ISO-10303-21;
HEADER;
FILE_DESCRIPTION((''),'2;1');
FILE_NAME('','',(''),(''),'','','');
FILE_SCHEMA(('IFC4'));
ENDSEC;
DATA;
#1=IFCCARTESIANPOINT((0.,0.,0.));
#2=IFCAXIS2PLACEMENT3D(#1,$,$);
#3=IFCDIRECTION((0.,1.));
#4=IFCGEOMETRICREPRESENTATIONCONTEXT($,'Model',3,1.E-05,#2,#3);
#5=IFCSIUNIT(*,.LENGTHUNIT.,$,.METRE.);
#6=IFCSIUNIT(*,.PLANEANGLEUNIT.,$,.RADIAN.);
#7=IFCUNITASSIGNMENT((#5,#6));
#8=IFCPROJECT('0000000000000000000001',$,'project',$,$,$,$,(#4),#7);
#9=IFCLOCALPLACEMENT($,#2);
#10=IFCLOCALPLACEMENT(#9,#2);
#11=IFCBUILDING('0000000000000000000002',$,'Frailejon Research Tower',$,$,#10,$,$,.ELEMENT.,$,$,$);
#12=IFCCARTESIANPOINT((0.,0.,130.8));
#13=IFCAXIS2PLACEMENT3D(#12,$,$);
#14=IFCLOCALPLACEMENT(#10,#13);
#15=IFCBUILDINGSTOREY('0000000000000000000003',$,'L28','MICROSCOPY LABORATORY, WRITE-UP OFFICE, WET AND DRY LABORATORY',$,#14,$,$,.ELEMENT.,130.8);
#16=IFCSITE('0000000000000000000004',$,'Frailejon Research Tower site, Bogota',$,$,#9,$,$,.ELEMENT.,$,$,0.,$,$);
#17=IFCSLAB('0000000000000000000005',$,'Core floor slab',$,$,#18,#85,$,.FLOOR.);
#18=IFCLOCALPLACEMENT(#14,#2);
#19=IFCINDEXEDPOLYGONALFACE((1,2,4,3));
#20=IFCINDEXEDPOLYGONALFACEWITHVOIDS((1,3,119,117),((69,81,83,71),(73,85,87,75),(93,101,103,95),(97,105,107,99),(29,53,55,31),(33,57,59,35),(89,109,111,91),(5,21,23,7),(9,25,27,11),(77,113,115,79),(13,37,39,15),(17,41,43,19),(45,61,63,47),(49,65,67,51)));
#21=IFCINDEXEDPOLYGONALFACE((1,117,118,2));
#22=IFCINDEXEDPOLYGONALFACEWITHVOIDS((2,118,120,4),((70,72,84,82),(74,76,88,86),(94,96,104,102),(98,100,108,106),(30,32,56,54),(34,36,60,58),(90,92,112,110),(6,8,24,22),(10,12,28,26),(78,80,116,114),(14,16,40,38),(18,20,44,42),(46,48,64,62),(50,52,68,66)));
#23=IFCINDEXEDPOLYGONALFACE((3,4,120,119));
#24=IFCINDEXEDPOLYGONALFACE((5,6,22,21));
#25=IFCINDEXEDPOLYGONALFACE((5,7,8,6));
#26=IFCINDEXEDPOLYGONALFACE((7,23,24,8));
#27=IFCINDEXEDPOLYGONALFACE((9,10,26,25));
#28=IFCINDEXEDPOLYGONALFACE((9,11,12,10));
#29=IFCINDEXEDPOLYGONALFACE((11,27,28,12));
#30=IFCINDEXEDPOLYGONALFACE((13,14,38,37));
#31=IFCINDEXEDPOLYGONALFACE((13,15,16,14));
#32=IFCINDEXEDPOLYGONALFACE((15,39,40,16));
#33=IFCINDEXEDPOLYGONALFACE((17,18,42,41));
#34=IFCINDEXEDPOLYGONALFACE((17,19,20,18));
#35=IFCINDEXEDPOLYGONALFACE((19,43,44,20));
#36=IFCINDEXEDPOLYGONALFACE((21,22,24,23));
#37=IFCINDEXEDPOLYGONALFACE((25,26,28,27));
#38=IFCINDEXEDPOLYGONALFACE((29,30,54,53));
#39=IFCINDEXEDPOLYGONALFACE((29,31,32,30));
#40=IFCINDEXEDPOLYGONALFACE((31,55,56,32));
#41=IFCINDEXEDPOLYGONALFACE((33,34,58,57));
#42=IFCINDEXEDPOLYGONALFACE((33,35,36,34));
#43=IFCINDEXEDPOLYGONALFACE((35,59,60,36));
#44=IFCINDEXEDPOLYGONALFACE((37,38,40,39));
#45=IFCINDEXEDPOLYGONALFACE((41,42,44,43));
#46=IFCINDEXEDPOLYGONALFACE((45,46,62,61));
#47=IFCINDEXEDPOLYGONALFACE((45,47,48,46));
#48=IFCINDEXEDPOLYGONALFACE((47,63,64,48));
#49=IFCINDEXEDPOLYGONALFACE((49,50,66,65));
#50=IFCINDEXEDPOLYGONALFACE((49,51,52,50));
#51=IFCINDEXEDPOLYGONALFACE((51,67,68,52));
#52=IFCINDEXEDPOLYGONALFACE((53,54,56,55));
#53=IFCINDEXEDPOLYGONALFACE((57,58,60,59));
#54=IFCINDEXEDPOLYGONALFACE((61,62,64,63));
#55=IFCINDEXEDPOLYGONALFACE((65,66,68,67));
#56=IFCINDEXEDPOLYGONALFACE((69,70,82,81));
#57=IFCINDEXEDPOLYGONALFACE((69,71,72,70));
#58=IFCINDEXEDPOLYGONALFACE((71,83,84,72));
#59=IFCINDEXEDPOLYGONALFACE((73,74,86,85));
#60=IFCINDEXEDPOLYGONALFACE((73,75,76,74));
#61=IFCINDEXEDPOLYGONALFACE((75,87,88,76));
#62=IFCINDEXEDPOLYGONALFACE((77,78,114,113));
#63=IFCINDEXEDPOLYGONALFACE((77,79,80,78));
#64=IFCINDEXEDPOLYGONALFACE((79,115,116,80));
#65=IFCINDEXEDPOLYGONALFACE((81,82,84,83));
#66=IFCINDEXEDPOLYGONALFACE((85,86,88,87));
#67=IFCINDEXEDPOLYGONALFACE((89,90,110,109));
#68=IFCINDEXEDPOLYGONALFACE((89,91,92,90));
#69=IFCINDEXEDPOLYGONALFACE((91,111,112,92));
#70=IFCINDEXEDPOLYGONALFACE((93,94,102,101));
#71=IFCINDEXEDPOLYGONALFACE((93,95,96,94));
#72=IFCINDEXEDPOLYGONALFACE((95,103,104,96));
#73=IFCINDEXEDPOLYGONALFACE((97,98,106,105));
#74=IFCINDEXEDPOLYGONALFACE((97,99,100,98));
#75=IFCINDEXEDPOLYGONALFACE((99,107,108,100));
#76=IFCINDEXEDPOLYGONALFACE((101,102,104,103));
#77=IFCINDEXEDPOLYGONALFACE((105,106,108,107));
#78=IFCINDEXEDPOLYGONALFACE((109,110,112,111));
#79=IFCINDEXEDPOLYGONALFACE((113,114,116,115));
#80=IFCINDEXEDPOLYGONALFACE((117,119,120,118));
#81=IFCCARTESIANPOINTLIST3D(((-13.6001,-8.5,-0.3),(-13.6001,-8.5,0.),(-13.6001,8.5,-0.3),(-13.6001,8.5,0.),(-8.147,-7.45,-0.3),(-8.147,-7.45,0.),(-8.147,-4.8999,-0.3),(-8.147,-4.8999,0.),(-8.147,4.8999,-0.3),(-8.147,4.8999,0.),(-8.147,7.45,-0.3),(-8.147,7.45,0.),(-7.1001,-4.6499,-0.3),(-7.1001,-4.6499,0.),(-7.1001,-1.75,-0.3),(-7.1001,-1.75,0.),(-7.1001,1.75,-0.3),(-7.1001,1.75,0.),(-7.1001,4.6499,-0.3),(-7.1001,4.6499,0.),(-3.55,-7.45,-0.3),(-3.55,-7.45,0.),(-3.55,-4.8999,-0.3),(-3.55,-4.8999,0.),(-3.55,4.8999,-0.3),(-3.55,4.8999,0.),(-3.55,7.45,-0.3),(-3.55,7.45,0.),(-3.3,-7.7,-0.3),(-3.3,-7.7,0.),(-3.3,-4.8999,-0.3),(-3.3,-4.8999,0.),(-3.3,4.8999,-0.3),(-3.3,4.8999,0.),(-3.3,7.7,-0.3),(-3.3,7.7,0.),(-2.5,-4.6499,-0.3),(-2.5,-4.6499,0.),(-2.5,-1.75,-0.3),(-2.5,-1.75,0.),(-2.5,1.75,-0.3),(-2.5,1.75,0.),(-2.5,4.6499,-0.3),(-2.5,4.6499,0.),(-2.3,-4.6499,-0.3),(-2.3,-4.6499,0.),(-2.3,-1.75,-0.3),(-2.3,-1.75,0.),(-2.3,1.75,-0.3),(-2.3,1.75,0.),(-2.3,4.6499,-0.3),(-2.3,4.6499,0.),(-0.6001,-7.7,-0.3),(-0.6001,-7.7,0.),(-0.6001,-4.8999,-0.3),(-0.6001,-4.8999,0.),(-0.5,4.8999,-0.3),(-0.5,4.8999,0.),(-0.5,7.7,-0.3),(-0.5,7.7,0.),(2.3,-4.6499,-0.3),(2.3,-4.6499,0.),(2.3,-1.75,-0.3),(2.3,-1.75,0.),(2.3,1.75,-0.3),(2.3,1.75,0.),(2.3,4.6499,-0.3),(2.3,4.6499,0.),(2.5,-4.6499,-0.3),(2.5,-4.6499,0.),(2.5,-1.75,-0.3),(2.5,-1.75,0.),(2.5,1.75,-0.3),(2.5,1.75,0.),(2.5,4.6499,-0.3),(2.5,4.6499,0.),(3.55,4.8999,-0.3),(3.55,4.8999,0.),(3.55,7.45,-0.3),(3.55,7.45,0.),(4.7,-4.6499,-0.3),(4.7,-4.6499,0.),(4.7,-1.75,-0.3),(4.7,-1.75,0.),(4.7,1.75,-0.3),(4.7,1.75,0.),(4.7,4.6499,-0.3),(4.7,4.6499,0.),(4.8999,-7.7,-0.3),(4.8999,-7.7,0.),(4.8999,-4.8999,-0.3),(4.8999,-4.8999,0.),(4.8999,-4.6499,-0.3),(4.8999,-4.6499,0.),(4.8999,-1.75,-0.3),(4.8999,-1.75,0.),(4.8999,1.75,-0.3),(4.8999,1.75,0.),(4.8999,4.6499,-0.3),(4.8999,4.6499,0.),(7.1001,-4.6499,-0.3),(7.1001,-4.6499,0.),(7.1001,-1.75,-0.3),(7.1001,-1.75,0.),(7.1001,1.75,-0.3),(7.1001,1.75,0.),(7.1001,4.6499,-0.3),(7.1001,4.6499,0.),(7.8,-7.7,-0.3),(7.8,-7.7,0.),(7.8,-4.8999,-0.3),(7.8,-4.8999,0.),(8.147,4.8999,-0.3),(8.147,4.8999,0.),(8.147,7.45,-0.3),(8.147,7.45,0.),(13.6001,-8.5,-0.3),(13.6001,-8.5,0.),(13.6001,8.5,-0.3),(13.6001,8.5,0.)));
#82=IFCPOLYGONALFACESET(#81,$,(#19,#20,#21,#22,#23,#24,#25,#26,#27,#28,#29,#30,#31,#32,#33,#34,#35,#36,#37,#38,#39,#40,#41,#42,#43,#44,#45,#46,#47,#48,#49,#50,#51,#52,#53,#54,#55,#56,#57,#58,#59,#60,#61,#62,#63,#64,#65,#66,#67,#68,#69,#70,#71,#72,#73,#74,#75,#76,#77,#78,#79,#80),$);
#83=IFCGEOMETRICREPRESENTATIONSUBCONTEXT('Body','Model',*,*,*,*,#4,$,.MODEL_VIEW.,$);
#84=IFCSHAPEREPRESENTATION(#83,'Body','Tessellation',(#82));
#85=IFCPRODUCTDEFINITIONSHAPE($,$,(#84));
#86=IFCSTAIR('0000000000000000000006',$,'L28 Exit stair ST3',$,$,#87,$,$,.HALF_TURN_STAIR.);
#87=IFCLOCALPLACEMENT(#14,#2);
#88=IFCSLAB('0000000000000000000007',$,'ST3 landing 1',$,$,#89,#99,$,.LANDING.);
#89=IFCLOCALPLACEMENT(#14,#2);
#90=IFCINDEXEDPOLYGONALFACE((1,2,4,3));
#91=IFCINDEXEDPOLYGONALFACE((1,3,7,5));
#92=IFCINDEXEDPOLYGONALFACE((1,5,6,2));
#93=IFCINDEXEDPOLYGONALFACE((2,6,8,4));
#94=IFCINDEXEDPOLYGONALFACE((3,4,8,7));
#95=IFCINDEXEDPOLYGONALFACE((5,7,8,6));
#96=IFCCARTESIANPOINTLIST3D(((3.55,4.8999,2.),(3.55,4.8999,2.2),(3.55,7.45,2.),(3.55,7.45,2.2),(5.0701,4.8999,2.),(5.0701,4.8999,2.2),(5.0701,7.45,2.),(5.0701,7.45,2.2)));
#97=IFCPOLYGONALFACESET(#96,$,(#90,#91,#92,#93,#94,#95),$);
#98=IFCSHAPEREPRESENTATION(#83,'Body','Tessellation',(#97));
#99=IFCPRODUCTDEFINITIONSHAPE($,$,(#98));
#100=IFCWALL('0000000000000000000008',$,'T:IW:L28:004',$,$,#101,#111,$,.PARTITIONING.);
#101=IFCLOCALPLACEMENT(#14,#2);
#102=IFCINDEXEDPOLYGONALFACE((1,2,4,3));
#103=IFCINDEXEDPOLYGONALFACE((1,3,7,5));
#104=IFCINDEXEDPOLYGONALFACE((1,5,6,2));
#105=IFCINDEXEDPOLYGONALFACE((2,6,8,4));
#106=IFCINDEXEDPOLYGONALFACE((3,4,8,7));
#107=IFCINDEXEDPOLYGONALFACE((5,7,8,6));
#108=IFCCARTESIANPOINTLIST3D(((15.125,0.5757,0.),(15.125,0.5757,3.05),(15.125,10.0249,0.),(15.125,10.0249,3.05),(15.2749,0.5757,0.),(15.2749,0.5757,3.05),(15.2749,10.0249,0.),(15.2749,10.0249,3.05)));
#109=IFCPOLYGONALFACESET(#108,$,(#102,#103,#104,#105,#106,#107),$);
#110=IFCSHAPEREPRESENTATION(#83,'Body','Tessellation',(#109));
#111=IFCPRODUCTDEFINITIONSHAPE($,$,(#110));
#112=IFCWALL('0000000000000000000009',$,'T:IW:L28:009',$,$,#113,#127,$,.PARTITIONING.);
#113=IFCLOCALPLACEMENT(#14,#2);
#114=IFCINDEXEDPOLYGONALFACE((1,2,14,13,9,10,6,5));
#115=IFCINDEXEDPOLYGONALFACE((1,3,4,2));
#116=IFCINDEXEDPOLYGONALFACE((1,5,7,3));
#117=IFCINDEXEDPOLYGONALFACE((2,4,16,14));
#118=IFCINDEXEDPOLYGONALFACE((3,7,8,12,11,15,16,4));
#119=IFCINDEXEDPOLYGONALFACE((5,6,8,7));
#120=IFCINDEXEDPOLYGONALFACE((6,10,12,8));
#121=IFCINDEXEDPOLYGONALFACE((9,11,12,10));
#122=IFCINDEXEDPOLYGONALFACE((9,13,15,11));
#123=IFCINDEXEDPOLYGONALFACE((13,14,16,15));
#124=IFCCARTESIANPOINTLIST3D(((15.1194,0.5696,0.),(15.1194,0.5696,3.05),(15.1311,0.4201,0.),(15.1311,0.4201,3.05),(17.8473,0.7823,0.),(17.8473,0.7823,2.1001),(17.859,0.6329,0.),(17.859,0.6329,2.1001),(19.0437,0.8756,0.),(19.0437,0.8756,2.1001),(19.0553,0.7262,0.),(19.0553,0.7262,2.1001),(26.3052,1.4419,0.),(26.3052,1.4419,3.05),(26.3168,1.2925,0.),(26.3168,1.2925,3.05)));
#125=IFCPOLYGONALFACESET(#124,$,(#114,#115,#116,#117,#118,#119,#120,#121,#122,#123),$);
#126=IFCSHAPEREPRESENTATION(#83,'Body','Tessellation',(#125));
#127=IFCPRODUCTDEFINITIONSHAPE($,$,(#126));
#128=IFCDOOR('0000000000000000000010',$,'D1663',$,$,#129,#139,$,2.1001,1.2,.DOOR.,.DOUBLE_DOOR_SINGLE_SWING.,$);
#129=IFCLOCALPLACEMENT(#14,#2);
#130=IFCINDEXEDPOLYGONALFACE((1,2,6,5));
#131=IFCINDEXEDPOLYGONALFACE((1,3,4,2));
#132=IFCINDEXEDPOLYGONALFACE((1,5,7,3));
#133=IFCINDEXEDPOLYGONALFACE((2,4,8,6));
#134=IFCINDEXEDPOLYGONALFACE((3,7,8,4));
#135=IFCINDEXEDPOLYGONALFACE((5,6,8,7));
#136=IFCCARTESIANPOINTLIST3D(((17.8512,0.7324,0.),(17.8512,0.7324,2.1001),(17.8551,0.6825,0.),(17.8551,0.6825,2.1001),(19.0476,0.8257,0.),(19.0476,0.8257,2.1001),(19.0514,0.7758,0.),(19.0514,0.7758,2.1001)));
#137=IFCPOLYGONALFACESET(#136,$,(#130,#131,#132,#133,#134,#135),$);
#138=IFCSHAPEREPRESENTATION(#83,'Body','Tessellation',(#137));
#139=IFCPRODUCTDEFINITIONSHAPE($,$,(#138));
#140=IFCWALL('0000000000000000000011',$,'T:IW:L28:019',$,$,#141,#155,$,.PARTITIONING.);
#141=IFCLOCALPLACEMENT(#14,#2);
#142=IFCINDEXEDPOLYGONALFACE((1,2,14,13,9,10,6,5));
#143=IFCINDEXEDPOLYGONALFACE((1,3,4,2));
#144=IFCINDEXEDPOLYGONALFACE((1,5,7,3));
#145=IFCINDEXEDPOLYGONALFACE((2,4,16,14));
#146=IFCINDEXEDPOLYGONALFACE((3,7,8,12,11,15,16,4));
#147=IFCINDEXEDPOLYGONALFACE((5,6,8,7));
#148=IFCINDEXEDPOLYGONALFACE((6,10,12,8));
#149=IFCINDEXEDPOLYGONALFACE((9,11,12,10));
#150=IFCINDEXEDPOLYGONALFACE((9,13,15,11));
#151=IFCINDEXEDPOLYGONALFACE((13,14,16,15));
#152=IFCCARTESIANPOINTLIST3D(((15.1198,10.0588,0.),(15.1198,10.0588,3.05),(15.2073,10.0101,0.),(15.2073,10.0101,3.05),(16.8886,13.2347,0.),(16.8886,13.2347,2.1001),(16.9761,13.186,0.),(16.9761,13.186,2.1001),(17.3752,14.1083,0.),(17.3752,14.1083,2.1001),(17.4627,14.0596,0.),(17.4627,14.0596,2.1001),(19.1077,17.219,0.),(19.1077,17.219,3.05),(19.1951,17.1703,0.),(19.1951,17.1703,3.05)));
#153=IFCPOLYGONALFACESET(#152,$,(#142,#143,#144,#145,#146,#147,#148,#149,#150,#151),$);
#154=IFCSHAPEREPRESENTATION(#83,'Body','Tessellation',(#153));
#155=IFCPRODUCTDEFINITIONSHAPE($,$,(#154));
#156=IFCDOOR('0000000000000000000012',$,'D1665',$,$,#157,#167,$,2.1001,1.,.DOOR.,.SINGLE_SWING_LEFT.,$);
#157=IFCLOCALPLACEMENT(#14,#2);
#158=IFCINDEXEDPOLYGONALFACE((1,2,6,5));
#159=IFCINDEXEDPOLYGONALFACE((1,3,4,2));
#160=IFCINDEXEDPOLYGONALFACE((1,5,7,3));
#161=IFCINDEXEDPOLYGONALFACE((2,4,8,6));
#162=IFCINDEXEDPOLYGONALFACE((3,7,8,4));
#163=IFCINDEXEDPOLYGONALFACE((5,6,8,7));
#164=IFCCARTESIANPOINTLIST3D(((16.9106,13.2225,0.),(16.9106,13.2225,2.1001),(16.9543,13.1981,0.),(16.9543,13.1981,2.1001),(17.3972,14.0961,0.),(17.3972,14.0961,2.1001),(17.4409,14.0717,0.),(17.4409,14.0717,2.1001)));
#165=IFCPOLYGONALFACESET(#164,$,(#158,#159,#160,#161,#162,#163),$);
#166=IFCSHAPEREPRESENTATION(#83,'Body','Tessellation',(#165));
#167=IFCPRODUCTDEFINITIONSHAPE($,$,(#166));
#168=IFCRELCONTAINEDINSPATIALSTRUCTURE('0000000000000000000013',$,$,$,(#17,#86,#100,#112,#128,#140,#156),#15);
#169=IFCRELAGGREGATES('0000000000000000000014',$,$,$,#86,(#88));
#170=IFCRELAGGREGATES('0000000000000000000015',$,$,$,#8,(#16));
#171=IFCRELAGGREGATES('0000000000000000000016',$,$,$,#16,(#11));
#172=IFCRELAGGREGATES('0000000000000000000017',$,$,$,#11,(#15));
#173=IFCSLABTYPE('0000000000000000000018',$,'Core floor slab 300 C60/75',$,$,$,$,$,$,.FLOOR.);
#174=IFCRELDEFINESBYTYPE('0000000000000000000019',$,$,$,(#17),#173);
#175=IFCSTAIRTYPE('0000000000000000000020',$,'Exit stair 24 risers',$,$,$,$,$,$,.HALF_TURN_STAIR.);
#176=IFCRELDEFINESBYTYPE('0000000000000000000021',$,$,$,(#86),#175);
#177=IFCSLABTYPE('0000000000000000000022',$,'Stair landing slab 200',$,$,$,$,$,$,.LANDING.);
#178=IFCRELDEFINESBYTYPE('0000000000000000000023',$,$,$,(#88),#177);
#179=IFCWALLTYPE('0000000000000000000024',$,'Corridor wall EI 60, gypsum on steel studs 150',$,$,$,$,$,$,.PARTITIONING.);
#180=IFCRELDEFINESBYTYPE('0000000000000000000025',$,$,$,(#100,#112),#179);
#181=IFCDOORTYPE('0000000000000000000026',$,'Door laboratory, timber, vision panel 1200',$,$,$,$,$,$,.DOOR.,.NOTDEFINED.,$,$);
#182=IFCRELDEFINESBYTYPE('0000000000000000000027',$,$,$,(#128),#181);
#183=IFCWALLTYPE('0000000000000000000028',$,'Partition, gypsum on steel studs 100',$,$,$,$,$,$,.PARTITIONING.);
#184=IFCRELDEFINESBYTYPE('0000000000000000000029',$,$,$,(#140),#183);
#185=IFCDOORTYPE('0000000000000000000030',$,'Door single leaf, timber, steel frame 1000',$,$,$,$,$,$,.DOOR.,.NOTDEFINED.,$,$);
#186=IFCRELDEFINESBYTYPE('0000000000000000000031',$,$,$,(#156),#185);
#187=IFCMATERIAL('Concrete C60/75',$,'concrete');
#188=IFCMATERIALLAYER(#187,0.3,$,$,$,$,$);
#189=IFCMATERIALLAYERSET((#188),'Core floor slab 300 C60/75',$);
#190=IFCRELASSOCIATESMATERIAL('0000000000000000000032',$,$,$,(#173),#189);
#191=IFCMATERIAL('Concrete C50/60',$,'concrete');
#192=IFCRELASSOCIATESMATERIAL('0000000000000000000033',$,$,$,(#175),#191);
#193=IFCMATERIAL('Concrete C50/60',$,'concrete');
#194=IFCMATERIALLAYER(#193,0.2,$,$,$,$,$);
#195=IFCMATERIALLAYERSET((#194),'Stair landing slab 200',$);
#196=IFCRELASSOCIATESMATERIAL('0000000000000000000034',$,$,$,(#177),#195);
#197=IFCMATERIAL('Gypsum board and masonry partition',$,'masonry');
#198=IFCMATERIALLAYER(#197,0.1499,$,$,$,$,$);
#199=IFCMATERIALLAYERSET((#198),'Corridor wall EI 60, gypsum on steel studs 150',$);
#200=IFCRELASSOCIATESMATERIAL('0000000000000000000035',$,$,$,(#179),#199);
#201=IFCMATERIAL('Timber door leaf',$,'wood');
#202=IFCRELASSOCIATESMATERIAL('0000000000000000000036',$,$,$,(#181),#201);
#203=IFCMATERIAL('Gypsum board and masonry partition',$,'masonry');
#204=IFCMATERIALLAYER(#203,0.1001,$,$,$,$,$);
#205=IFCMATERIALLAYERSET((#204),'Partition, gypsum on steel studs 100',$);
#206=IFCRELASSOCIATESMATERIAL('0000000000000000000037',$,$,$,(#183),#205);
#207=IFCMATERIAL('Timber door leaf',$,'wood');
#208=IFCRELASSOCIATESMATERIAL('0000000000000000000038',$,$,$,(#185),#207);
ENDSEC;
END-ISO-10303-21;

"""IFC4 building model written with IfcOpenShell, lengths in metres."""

from ifc_helpers import new_model, si_unit, direction, frame, frame_2d, origin, place, context, subcontext, project, spatial, polyline, rectangle, outline, extrude, material, layer, layer_set, type_object, element, fill, aggregate, save


model = new_model("IFC4")

# Units and contexts
model_context = context("Model", 3, precision=1e-05, world=origin(), true_north=direction((0.0, 1.0)))
body_context = subcontext(model_context, "Body", "Model", "MODEL_VIEW")
ifc_project = project(units=[si_unit("LENGTHUNIT", "METRE"), si_unit("PLANEANGLEUNIT", "RADIAN")], contexts=[model_context])

# Site, building, storey
site_placement = place(None, origin())
site = spatial("IfcSite", under=ifc_project, at=site_placement, Name="Frailejon Research Tower site, Bogota", CompositionType="ELEMENT", RefElevation=0.0)
building_placement = place(site_placement, origin())
building = spatial("IfcBuilding", under=site, at=building_placement, Name="Frailejon Research Tower", CompositionType="ELEMENT")
storey_placement = place(building_placement, frame((0.0, 0.0, 130.8)))
storey = spatial("IfcBuildingStorey", under=building, at=storey_placement, Name="L28", Description="MICROSCOPY LABORATORY, WRITE-UP OFFICE, WET AND DRY LABORATORY", CompositionType="ELEMENT", Elevation=130.8)

# Slab
ifc_material_1 = material(Name="Concrete C60/75", Category="concrete")
ifc_layer_1 = layer(ifc_material_1, 0.3)
ifc_layer_set_1 = layer_set([ifc_layer_1], Name="Core floor slab 300 C60/75")
slab_type_1 = type_object("IfcSlabType", Name="Core floor slab 300 C60/75", PredefinedType="FLOOR", material=ifc_layer_set_1)
slab_1_placement = place(storey_placement, frame((0.0, 0.0, -0.3)))
element("IfcSlab", 1, at=slab_1_placement, inside=storey, type_object=slab_type_1, Name="Core floor slab", PredefinedType="FLOOR", context=body_context, shape_type="SweptSolid", body=[
    extrude(outline(polyline([(13.6001, -8.5), (13.6001, 8.5), (-13.6001, 8.5), (-13.6001, -8.5), (13.6001, -8.5)]), holes=[polyline([(-2.5, 1.75), (-2.5, 4.6499), (-7.1001, 4.6499), (-7.1001, 1.75), (-2.5, 1.75)]), polyline([(2.3, 1.75), (2.3, 4.6499), (-2.3, 4.6499), (-2.3, 1.75), (2.3, 1.75)]), polyline([(4.7, 1.75), (4.7, 4.6499), (2.5, 4.6499), (2.5, 1.75), (4.7, 1.75)]), polyline([(7.1001, 1.75), (7.1001, 4.6499), (4.8999, 4.6499), (4.8999, 1.75), (7.1001, 1.75)]), polyline([(-2.5, -4.6499), (-2.5, -1.75), (-7.1001, -1.75), (-7.1001, -4.6499), (-2.5, -4.6499)]), polyline([(2.3, -4.6499), (2.3, -1.75), (-2.3, -1.75), (-2.3, -4.6499), (2.3, -4.6499)]), polyline([(4.7, -4.6499), (4.7, -1.75), (2.5, -1.75), (2.5, -4.6499), (4.7, -4.6499)]), polyline([(7.1001, -4.6499), (7.1001, -1.75), (4.8999, -1.75), (4.8999, -4.6499), (7.1001, -4.6499)]), polyline([(-8.147, 4.8999), (-3.55, 4.8999), (-3.55, 7.45), (-8.147, 7.45), (-8.147, 4.8999)]), polyline([(-8.147, -7.45), (-3.55, -7.45), (-3.55, -4.8999), (-8.147, -4.8999), (-8.147, -7.45)]), polyline([(8.147, 7.45), (3.55, 7.45), (3.55, 4.8999), (8.147, 4.8999), (8.147, 7.45)]), polyline([(-0.6001, -7.7), (-0.6001, -4.8999), (-3.3, -4.8999), (-3.3, -7.7), (-0.6001, -7.7)]), polyline([(7.8, -7.7), (7.8, -4.8999), (4.8999, -4.8999), (4.8999, -7.7), (7.8, -7.7)]), polyline([(-0.5, 4.8999), (-0.5, 7.7), (-3.3, 7.7), (-3.3, 4.8999), (-0.5, 4.8999)])]), origin(), (0.0, 0.0, 1.0), 0.3),
])

# Stair, slab
ifc_material_2 = material(Name="Concrete C50/60", Category="concrete")
stair_type = type_object("IfcStairType", Name="Exit stair 24 risers", PredefinedType="HALF_TURN_STAIR", material=ifc_material_2)
stair_placement = place(storey_placement, origin())
stair = element("IfcStair", 2, at=stair_placement, inside=storey, type_object=stair_type, Name="L28 Exit stair ST3", PredefinedType="HALF_TURN_STAIR")
ifc_material_3 = material(Name="Concrete C50/60", Category="concrete")
ifc_layer_2 = layer(ifc_material_3, 0.2)
ifc_layer_set_2 = layer_set([ifc_layer_2], Name="Stair landing slab 200")
slab_type_2 = type_object("IfcSlabType", Name="Stair landing slab 200", PredefinedType="LANDING", material=ifc_layer_set_2)
slab_2_placement = place(storey_placement, frame((0.0, 0.0, 2.0)))
slab_2 = element("IfcSlab", 3, at=slab_2_placement, type_object=slab_type_2, Name="ST3 landing 1", PredefinedType="LANDING", context=body_context, shape_type="SweptSolid", body=[
    extrude(outline(polyline([(5.0701, 7.45), (3.55, 7.45), (3.55, 4.8999), (5.0701, 4.8999), (5.0701, 7.45)])), origin(), (0.0, 0.0, 1.0), 0.2),
])

# Wall
ifc_material_4 = material(Name="Gypsum board and masonry partition", Category="masonry")
ifc_layer_3 = layer(ifc_material_4, 0.1499)
ifc_layer_set_3 = layer_set([ifc_layer_3], Name="Corridor wall EI 60, gypsum on steel studs 150")
wall_type_1 = type_object("IfcWallType", Name="Corridor wall EI 60, gypsum on steel studs 150", PredefinedType="PARTITIONING", material=ifc_layer_set_3)
wall_1_placement = place(storey_placement, frame((15.2, 0.5757, 0.0), z_axis=(0.0, 0.0, 1.0), x_axis=(0.0, 1.0, 0.0)))
element("IfcWall", 4, at=wall_1_placement, inside=storey, type_object=wall_type_1, Name="T:IW:L28:004", PredefinedType="PARTITIONING", context=body_context, shape_type="SweptSolid", body=[
    extrude(rectangle(XDim=9.4492, YDim=0.1499, at=frame_2d((4.7246, 0.0))), origin(), (0.0, 0.0, 1.0), 3.05),
])

# Walls, openings, doors
wall_2_placement = place(storey_placement, frame((15.1252, 0.4949, 0.0), z_axis=(0.0, 0.0, 1.0), x_axis=(0.996973, 0.077748, 0.0)))
wall_2 = element("IfcWall", 5, at=wall_2_placement, inside=storey, type_object=wall_type_1, Name="T:IW:L28:009", PredefinedType="PARTITIONING", context=body_context, shape_type="SweptSolid", body=[
    extrude(rectangle(XDim=11.2197, YDim=0.1499, at=frame_2d((5.6099, 0.0))), origin(), (0.0, 0.0, 1.0), 3.05),
])
opening_1_placement = place(wall_2_placement, frame((2.7361, 0.0, 0.0)))
opening_1 = element("IfcOpeningElement", 6, at=opening_1_placement, cuts=wall_2, PredefinedType="OPENING", context=body_context, shape_type="SweptSolid", body=[
    extrude(rectangle(XDim=1.2, YDim=2.1001, at=frame_2d((0.6001, 1.05))), frame((0.0, 0.085, 0.0), z_axis=(0.0, -1.0, 0.0), x_axis=(1.0, 0.0, 0.0)), (0.0, 0.0, 1.0), 0.1699),
])
ifc_material_5 = material(Name="Timber door leaf", Category="wood")
door_type_1 = type_object("IfcDoorType", Name="Door laboratory, timber, vision panel 1200", OperationType="NOTDEFINED", PredefinedType="DOOR", material=ifc_material_5)
door_1_placement = place(opening_1_placement, origin())
door_1 = element("IfcDoor", 7, at=door_1_placement, inside=storey, type_object=door_type_1, Name="D1663", OperationType="DOUBLE_DOOR_SINGLE_SWING", OverallHeight=2.1001, OverallWidth=1.2, PredefinedType="DOOR", context=body_context, shape_type="SweptSolid", body=[
    extrude(rectangle(XDim=1.2, YDim=2.1001, at=frame_2d((0.6001, 1.05))), frame((0.0, 0.0249, 0.0), z_axis=(0.0, -1.0, 0.0), x_axis=(1.0, 0.0, 0.0)), (0.0, 0.0, 1.0), 0.05),
])
fill(opening_1, door_1)
ifc_material_6 = material(Name="Gypsum board and masonry partition", Category="masonry")
ifc_layer_4 = layer(ifc_material_6, 0.1001)
ifc_layer_set_4 = layer_set([ifc_layer_4], Name="Partition, gypsum on steel studs 100")
wall_type_2 = type_object("IfcWallType", Name="Partition, gypsum on steel studs 100", PredefinedType="PARTITIONING", material=ifc_layer_set_4)
wall_3_placement = place(storey_placement, frame((15.1636, 10.0344, 0.0), z_axis=(0.0, 0.0, 1.0), x_axis=(0.486568, 0.873643, 0.0)))
wall_3 = element("IfcWall", 8, at=wall_3_placement, inside=storey, type_object=wall_type_2, Name="T:IW:L28:019", PredefinedType="PARTITIONING", context=body_context, shape_type="SweptSolid", body=[
    extrude(rectangle(XDim=8.1958, YDim=0.1001, at=frame_2d((4.0979, 0.0))), origin(), (0.0, 0.0, 1.0), 3.05),
])
opening_2_placement = place(wall_3_placement, frame((3.6353, 0.0, 0.0)))
opening_2 = element("IfcOpeningElement", 9, at=opening_2_placement, cuts=wall_3, PredefinedType="OPENING", context=body_context, shape_type="SweptSolid", body=[
    extrude(rectangle(XDim=1.0, YDim=2.1001, at=frame_2d((0.5, 1.05))), frame((0.0, 0.0601, 0.0), z_axis=(0.0, -1.0, 0.0), x_axis=(1.0, 0.0, 0.0)), (0.0, 0.0, 1.0), 0.1201),
])
ifc_material_7 = material(Name="Timber door leaf", Category="wood")
door_type_2 = type_object("IfcDoorType", Name="Door single leaf, timber, steel frame 1000", OperationType="NOTDEFINED", PredefinedType="DOOR", material=ifc_material_7)
door_2_placement = place(opening_2_placement, origin())
door_2 = element("IfcDoor", 10, at=door_2_placement, inside=storey, type_object=door_type_2, Name="D1665", OperationType="SINGLE_SWING_LEFT", OverallHeight=2.1001, OverallWidth=1.0, PredefinedType="DOOR", context=body_context, shape_type="SweptSolid", body=[
    extrude(rectangle(XDim=1.0, YDim=2.1001, at=frame_2d((0.5, 1.05))), frame((0.0, 0.0249, 0.0), z_axis=(0.0, -1.0, 0.0), x_axis=(1.0, 0.0, 0.0)), (0.0, 0.0, 1.0), 0.05),
])
fill(opening_2, door_2)

aggregate(stair, [slab_2])

save(model, "model.ifc")
